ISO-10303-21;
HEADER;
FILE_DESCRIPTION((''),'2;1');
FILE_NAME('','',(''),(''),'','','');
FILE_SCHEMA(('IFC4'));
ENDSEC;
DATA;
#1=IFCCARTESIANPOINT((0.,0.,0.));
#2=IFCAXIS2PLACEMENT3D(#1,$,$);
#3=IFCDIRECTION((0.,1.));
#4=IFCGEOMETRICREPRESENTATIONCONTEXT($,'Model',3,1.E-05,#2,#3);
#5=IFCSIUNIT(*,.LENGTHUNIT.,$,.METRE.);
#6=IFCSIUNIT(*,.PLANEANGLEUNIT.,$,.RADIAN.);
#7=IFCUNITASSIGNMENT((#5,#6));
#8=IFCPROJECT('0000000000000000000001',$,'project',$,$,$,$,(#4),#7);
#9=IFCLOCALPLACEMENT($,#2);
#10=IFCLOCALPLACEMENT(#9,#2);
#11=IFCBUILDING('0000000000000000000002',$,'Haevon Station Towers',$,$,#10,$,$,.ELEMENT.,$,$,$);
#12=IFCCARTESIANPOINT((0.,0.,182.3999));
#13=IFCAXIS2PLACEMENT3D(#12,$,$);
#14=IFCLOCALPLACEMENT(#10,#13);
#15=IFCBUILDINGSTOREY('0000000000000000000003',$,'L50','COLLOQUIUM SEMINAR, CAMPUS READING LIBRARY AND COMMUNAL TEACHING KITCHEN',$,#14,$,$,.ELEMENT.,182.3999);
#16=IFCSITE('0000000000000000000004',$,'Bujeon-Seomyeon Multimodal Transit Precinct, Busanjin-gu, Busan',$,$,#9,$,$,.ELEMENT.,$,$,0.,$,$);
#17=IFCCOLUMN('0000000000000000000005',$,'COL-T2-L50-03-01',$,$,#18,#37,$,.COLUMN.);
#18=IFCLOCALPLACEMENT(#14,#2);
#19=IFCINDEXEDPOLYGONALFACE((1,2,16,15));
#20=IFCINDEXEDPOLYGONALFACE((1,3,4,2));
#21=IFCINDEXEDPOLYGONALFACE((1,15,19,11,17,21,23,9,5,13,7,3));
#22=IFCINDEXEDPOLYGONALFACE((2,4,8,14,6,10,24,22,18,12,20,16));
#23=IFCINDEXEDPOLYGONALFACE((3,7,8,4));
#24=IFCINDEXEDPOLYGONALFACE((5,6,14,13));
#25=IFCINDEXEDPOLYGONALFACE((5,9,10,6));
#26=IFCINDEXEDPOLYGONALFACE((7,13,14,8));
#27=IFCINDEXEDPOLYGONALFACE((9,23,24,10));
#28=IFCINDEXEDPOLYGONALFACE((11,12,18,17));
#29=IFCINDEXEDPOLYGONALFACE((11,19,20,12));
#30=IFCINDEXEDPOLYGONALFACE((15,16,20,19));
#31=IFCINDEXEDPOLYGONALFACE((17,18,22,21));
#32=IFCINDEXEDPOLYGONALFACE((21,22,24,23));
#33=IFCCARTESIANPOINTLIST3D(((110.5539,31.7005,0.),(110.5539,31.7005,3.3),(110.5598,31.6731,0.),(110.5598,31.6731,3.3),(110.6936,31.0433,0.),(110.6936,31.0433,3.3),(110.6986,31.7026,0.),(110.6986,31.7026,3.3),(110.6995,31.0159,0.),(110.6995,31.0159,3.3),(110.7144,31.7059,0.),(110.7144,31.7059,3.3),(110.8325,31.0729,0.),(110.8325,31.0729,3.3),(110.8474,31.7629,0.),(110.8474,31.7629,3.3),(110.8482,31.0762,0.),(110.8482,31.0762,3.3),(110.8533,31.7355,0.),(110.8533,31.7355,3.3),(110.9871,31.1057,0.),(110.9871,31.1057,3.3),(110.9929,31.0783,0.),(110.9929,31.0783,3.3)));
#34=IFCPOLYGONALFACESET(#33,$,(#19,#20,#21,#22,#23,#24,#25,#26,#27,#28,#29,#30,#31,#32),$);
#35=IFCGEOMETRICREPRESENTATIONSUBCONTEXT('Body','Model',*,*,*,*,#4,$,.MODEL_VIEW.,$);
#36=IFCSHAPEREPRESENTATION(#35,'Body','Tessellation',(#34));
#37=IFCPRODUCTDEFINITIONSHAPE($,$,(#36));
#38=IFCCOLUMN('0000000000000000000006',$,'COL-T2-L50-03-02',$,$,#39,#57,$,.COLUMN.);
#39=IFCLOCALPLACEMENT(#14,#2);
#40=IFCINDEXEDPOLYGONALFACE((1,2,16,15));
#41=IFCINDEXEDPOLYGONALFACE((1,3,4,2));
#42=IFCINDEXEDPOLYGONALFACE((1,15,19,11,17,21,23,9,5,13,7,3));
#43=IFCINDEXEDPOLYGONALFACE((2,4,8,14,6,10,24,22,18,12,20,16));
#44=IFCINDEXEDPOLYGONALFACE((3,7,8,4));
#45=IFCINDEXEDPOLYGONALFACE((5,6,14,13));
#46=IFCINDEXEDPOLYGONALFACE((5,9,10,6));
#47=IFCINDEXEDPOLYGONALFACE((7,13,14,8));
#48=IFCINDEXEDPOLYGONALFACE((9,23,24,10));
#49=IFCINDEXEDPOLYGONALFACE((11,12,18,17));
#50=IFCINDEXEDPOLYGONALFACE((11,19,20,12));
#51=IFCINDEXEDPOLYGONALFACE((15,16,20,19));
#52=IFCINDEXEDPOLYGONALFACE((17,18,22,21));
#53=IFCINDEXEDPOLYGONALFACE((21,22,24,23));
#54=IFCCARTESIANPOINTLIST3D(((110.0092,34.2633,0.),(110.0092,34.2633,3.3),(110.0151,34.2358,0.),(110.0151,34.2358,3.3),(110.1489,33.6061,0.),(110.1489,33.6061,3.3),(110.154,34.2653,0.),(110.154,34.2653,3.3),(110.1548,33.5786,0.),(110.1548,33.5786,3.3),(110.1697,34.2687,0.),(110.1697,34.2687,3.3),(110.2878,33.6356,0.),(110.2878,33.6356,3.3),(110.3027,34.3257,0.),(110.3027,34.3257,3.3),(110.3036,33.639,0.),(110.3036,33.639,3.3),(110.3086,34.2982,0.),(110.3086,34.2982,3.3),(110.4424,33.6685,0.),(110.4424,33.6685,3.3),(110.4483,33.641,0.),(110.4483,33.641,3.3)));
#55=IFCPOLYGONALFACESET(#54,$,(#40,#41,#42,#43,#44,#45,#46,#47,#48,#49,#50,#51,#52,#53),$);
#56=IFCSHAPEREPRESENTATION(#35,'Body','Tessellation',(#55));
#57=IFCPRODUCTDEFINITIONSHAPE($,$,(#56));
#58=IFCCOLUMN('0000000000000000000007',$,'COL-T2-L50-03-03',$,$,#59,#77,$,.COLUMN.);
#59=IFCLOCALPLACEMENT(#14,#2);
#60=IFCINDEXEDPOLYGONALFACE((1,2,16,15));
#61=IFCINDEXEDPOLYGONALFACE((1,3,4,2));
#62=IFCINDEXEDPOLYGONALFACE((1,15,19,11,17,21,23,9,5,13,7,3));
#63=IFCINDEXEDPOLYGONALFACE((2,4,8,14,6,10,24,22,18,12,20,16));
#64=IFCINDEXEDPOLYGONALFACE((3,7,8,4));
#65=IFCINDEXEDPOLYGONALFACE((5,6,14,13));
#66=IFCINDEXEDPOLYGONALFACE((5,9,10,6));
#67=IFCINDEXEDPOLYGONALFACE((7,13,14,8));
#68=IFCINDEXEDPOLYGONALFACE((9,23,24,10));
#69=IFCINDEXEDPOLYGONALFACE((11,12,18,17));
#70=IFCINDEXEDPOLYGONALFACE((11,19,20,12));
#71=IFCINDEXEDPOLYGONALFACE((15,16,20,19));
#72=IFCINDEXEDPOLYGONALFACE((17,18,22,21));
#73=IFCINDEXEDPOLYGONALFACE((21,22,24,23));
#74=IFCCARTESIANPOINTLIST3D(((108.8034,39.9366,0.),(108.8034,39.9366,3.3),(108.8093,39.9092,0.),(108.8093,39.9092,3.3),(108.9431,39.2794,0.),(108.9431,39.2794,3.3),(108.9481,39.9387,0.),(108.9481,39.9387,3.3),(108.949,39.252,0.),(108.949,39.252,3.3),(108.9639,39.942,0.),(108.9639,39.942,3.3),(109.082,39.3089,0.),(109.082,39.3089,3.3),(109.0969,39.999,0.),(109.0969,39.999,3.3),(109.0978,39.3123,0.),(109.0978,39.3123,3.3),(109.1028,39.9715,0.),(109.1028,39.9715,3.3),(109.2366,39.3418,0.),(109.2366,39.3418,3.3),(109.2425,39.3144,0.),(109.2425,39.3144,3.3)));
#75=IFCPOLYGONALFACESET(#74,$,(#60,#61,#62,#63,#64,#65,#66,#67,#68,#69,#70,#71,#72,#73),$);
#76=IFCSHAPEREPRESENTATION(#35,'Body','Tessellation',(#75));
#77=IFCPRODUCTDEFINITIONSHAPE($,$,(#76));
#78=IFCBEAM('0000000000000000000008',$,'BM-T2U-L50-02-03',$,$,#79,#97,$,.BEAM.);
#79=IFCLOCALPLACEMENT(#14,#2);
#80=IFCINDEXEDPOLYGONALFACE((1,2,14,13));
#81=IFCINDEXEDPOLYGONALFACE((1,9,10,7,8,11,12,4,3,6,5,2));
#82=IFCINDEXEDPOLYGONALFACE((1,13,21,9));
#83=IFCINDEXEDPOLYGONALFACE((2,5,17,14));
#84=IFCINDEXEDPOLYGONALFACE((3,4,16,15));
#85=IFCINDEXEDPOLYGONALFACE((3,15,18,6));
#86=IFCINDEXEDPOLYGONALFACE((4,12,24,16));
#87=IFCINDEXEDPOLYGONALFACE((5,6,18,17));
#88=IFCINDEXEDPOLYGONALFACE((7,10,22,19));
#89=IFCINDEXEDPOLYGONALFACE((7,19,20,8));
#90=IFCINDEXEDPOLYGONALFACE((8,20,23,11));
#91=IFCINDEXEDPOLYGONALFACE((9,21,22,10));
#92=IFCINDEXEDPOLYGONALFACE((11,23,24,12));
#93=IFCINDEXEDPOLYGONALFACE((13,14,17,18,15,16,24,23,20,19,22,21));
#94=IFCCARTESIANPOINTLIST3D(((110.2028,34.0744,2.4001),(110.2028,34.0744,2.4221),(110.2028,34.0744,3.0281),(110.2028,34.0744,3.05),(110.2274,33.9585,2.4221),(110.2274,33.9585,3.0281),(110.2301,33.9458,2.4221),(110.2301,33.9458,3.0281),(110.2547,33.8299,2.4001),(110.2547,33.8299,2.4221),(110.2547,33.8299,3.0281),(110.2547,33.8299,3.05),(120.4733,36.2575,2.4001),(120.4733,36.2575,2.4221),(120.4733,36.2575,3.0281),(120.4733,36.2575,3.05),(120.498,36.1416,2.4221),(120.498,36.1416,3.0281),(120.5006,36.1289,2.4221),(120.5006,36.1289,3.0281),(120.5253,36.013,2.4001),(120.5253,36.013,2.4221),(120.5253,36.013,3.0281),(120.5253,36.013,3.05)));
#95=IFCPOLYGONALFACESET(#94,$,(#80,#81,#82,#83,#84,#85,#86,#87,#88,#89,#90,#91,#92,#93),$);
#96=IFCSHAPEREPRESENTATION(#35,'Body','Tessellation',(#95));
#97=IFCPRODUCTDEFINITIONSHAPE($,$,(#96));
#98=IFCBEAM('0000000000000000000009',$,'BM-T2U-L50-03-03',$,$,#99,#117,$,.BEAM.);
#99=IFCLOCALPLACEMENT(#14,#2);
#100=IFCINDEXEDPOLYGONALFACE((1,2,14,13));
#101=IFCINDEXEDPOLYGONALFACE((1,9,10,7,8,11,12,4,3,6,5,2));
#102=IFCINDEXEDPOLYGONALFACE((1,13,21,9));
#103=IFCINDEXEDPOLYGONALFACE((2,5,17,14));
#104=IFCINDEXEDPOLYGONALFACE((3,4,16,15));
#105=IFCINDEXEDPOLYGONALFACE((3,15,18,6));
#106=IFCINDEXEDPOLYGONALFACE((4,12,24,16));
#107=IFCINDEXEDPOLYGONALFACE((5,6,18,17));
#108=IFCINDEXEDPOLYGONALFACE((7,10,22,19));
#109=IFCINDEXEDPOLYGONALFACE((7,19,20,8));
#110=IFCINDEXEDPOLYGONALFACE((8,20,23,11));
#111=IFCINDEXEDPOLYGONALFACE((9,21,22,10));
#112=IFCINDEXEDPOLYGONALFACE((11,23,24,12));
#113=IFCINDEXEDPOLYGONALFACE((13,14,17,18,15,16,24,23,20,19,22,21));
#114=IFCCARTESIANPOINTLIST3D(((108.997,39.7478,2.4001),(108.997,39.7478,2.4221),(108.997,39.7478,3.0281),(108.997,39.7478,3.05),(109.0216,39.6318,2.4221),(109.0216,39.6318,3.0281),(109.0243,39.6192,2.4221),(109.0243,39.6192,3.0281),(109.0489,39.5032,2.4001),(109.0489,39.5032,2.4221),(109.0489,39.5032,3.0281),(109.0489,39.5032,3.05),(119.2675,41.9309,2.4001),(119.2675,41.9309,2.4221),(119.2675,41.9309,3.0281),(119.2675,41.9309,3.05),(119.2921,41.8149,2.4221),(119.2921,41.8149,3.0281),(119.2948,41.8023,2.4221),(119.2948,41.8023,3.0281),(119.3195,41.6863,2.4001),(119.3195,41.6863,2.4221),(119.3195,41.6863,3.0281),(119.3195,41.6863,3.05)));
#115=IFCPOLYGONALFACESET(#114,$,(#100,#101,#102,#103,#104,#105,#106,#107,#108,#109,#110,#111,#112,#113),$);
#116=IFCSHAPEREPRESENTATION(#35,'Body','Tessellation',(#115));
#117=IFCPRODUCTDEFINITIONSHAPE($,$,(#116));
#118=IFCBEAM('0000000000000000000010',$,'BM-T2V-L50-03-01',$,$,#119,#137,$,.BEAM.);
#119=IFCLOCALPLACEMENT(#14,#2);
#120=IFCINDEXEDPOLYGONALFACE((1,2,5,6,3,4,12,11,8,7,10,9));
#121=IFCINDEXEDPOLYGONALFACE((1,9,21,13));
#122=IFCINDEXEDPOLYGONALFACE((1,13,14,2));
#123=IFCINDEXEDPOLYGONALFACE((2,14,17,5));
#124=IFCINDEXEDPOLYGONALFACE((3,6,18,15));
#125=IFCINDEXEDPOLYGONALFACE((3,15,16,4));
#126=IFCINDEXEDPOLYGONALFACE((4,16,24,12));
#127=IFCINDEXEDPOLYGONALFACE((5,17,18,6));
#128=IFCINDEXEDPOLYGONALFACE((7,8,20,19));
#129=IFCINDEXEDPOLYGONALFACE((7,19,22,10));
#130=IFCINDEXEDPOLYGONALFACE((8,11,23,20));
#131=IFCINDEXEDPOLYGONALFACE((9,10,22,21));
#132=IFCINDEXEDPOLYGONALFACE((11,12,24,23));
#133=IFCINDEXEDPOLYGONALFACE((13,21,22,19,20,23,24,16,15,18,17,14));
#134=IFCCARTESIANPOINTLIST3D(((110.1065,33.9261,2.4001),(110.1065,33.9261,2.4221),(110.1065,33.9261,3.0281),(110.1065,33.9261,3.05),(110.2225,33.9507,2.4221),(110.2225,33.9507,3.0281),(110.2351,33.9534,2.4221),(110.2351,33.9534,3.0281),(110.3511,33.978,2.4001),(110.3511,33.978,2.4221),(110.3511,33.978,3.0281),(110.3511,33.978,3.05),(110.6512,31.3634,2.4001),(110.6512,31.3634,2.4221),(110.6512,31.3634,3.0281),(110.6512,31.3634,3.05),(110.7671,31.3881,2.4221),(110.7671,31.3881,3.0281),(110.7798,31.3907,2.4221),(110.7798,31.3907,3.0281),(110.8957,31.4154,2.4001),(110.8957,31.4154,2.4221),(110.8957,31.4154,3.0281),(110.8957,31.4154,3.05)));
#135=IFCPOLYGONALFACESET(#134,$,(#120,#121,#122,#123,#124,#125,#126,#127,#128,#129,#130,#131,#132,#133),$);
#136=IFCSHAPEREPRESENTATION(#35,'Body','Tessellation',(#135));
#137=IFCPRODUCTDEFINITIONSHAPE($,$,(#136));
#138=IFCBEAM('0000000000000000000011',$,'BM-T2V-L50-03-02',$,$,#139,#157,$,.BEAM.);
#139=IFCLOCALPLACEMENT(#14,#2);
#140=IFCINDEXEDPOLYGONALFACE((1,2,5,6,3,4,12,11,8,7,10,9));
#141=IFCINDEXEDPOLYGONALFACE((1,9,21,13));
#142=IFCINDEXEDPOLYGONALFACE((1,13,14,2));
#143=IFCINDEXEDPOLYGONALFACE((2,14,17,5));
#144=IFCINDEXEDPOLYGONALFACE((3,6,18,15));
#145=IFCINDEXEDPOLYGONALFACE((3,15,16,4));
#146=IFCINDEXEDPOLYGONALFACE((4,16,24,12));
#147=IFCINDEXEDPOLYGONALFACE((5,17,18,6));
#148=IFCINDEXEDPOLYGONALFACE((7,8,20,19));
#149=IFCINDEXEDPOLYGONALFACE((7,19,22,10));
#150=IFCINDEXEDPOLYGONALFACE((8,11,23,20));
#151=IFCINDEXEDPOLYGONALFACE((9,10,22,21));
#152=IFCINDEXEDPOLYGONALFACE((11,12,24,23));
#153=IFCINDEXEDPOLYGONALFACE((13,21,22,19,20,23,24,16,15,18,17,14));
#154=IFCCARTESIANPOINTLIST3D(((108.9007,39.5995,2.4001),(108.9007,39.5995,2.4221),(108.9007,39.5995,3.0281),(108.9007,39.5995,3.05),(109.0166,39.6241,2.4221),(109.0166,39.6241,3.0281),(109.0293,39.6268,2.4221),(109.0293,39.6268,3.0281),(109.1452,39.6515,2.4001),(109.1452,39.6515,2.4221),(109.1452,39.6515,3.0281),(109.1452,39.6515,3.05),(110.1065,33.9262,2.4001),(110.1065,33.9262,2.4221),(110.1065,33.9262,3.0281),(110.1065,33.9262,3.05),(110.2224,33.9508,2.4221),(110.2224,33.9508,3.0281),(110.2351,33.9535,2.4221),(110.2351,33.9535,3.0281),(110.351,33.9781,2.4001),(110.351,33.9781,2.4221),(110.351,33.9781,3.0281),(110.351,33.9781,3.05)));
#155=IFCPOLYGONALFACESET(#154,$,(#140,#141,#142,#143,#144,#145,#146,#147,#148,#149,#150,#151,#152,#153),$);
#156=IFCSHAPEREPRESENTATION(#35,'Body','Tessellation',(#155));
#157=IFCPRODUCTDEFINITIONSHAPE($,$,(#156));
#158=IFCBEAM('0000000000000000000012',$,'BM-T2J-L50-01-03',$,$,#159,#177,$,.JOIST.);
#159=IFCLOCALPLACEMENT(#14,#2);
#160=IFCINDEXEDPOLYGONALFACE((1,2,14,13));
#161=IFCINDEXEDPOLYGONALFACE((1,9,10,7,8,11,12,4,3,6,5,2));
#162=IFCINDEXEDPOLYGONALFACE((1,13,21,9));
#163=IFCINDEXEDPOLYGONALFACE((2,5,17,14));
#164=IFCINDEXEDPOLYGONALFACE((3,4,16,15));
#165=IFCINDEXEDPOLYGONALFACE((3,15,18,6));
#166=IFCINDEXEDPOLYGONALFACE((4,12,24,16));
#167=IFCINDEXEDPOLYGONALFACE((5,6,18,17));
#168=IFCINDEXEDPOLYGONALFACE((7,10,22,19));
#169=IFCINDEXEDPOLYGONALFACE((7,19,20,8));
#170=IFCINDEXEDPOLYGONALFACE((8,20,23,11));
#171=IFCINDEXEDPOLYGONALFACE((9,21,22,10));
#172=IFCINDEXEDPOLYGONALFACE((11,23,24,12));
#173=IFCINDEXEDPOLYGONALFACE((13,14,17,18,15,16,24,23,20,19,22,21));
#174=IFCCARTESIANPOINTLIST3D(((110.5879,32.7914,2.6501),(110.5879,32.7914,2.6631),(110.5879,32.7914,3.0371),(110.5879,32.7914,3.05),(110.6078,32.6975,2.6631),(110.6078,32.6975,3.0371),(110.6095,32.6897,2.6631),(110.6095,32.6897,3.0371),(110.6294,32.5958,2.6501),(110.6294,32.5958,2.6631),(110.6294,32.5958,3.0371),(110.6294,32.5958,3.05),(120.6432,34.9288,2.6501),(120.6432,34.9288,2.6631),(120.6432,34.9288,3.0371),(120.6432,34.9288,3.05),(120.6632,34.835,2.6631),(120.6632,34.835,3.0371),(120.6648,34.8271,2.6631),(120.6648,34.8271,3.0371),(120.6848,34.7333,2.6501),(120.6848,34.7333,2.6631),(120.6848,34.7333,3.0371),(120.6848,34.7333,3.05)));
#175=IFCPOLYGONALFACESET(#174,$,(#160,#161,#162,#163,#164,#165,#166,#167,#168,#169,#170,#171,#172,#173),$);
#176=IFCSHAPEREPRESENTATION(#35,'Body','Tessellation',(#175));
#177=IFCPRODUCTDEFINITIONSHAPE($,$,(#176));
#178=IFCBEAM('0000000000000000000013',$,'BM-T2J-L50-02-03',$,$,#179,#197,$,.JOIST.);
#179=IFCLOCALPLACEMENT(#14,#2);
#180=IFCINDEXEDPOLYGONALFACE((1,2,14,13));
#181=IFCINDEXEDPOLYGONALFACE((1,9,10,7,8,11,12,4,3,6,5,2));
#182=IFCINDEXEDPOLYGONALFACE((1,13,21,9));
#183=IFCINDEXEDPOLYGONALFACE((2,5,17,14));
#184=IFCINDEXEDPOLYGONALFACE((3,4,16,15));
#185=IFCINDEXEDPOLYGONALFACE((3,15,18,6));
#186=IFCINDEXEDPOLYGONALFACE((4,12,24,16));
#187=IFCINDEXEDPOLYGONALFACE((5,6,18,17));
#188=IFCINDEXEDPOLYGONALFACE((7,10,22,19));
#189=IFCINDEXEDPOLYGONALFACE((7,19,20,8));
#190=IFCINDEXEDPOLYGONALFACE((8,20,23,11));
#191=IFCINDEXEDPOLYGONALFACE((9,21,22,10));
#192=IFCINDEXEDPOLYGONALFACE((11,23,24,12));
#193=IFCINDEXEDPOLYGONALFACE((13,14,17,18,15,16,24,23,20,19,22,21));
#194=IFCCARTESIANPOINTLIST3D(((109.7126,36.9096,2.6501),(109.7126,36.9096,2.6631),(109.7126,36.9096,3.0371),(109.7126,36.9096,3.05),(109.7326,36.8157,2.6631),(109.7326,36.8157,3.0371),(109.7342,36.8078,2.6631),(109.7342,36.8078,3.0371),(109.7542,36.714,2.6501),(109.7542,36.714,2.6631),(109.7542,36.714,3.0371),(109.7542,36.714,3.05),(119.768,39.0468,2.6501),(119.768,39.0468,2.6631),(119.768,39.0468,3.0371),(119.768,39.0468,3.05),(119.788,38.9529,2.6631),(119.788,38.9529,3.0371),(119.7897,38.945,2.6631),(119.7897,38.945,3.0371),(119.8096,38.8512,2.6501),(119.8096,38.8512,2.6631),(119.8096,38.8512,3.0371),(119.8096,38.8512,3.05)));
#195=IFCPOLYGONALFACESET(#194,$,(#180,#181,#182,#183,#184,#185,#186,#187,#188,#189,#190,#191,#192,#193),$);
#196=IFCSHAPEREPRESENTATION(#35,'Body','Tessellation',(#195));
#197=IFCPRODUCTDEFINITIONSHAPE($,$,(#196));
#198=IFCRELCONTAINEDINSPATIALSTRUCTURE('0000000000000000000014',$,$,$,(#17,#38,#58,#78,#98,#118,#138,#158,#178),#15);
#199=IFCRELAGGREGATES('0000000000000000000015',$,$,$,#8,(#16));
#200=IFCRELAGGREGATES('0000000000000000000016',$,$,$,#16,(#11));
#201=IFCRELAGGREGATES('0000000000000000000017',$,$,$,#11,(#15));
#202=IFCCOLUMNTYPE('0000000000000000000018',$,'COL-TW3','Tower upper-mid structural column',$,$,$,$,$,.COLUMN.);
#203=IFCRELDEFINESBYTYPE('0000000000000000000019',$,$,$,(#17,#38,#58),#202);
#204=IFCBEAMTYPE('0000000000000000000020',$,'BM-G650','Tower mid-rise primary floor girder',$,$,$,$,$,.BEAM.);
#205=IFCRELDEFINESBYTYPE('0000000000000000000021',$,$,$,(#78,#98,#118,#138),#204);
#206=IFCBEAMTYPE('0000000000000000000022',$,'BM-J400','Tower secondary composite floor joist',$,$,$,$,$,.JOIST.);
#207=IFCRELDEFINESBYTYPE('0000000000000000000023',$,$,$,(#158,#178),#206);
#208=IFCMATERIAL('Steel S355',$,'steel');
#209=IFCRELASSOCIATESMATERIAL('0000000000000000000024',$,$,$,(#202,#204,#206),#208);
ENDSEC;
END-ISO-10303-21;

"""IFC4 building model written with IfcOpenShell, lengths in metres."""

from ifc_helpers import new_model, si_unit, direction, frame, origin, origin_2d, place, context, subcontext, project, spatial, i_section, extrude, material, material_profile, profile_set, type_object, element, save


model = new_model("IFC4")

# Units and contexts
model_context = context("Model", 3, precision=1e-05, world=origin(), true_north=direction((0.0, 1.0)))
body_context = subcontext(model_context, "Body", "Model", "MODEL_VIEW")
ifc_project = project(units=[si_unit("LENGTHUNIT", "METRE"), si_unit("PLANEANGLEUNIT", "RADIAN")], contexts=[model_context])

# Site, building, storey
site_placement = place(None, origin())
site = spatial("IfcSite", under=ifc_project, at=site_placement, Name="Bujeon-Seomyeon Multimodal Transit Precinct, Busanjin-gu, Busan", CompositionType="ELEMENT", RefElevation=0.0)
building_placement = place(site_placement, origin())
building = spatial("IfcBuilding", under=site, at=building_placement, Name="Haevon Station Towers", CompositionType="ELEMENT")
storey_placement = place(building_placement, frame((0.0, 0.0, 182.3999)))
storey = spatial("IfcBuildingStorey", under=building, at=storey_placement, Name="L50", Description="COLLOQUIUM SEMINAR, CAMPUS READING LIBRARY AND COMMUNAL TEACHING KITCHEN", CompositionType="ELEMENT", Elevation=182.3999)

# Columns
ifc_material_1 = material(Name="Steel S355", Category="steel")
ifc_material_profile_1 = material_profile(ifc_material_1, i_section(OverallWidth=0.3, OverallDepth=0.7, WebThickness=0.0161, FlangeThickness=0.0281, at=origin_2d()), Name="H-700x300x16x28")
ifc_profile_set_1 = profile_set([ifc_material_profile_1], Name="Steel S355")
column_type = type_object("IfcColumnType", Name="COL-TW3", Description="Tower upper-mid structural column", PredefinedType="COLUMN", material=ifc_profile_set_1)
for number, where, z_axis, x_axis, name in (
    (1, (110.7734, 31.3894, 0.0), (0.0, 0.0, 1.0), (0.978148, 0.207912, 0.0), "COL-T2-L50-03-01"),
    (2, (110.2288, 33.9521, 0.0), (0.0, 0.0, 1.0), (0.978148, 0.207912, 0.0), "COL-T2-L50-03-02"),
    (3, (109.0229, 39.6255, 0.0), (0.0, 0.0, 1.0), (0.978148, 0.207912, 0.0), "COL-T2-L50-03-03"),
):
    element("IfcColumn", number, at=place(storey_placement, frame(where, z_axis=z_axis, x_axis=x_axis)), inside=storey, type_object=column_type, Name=name, PredefinedType="COLUMN", context=body_context, shape_type="SweptSolid", body=[
        extrude(i_section(OverallWidth=0.3, OverallDepth=0.7, WebThickness=0.0161, FlangeThickness=0.0281, at=origin_2d()), origin(), (0.0, 0.0, 1.0), 3.3),
    ])

# Beams
ifc_material_profile_2 = material_profile(ifc_material_1, i_section(OverallWidth=0.25, OverallDepth=0.6499, WebThickness=0.0129, FlangeThickness=0.022, at=origin_2d()), Name="H-650x250x13x22")
ifc_profile_set_2 = profile_set([ifc_material_profile_2], Name="Steel S355")
beam_type_1 = type_object("IfcBeamType", Name="BM-G650", Description="Tower mid-rise primary floor girder", PredefinedType="BEAM", material=ifc_profile_set_2)
for number, where, z_axis, x_axis, name in (
    (4, (110.2288, 33.9521, 2.7251), (0.978147, 0.207915, 0.0), (-0.207915, 0.978147, 0.0), "BM-T2U-L50-02-03"),
    (5, (109.0229, 39.6255, 2.7251), (0.978147, 0.207915, 0.0), (-0.207915, 0.978147, 0.0), "BM-T2U-L50-03-03"),
):
    element("IfcBeam", number, at=place(storey_placement, frame(where, z_axis=z_axis, x_axis=x_axis)), inside=storey, type_object=beam_type_1, Name=name, PredefinedType="BEAM", context=body_context, shape_type="SweptSolid", body=[
        extrude(i_section(OverallWidth=0.25, OverallDepth=0.6499, WebThickness=0.0129, FlangeThickness=0.022, at=origin_2d()), origin(), (0.0, 0.0, 1.0), 10.5),
    ])
beam_1_placement = place(storey_placement, frame((110.7734, 31.3894, 2.7251), z_axis=(-0.207893, 0.978152, 0.0), x_axis=(-0.978152, -0.207893, 0.0)))
element("IfcBeam", 6, at=beam_1_placement, inside=storey, type_object=beam_type_1, Name="BM-T2V-L50-03-01", PredefinedType="BEAM", context=body_context, shape_type="SweptSolid", body=[
    extrude(i_section(OverallWidth=0.25, OverallDepth=0.6499, WebThickness=0.0129, FlangeThickness=0.022, at=origin_2d()), origin(), (0.0, 0.0, 1.0), 2.6199),
])
beam_2_placement = place(storey_placement, frame((110.2288, 33.9521, 2.7251), z_axis=(-0.207896, 0.978151, 0.0), x_axis=(-0.978151, -0.207896, 0.0)))
element("IfcBeam", 7, at=beam_2_placement, inside=storey, type_object=beam_type_1, Name="BM-T2V-L50-03-02", PredefinedType="BEAM", context=body_context, shape_type="SweptSolid", body=[
    extrude(i_section(OverallWidth=0.25, OverallDepth=0.6499, WebThickness=0.0129, FlangeThickness=0.022, at=origin_2d()), origin(), (0.0, 0.0, 1.0), 5.8),
])
ifc_material_profile_3 = material_profile(ifc_material_1, i_section(OverallWidth=0.2, OverallDepth=0.3999, WebThickness=0.0081, FlangeThickness=0.0129, at=origin_2d()), Name="H-400x200x8x13")
ifc_profile_set_3 = profile_set([ifc_material_profile_3], Name="Steel S355")
beam_type_2 = type_object("IfcBeamType", Name="BM-J400", Description="Tower secondary composite floor joist", PredefinedType="JOIST", material=ifc_profile_set_3)
for number, where, z_axis, x_axis, name in (
    (8, (110.6086, 32.6936, 2.8501), (0.978146, 0.207922, 0.0), (-0.207922, 0.978146, 0.0), "BM-T2J-L50-01-03"),
    (9, (109.7334, 36.8118, 2.8501), (0.97815, 0.207899, 0.0), (-0.207899, 0.97815, 0.0), "BM-T2J-L50-02-03"),
):
    element("IfcBeam", number, at=place(storey_placement, frame(where, z_axis=z_axis, x_axis=x_axis)), inside=storey, type_object=beam_type_2, Name=name, PredefinedType="JOIST", context=body_context, shape_type="SweptSolid", body=[
        extrude(i_section(OverallWidth=0.2, OverallDepth=0.3999, WebThickness=0.0081, FlangeThickness=0.0129, at=origin_2d()), origin(), (0.0, 0.0, 1.0), 10.28),
    ])

save(model, "model.ifc")
